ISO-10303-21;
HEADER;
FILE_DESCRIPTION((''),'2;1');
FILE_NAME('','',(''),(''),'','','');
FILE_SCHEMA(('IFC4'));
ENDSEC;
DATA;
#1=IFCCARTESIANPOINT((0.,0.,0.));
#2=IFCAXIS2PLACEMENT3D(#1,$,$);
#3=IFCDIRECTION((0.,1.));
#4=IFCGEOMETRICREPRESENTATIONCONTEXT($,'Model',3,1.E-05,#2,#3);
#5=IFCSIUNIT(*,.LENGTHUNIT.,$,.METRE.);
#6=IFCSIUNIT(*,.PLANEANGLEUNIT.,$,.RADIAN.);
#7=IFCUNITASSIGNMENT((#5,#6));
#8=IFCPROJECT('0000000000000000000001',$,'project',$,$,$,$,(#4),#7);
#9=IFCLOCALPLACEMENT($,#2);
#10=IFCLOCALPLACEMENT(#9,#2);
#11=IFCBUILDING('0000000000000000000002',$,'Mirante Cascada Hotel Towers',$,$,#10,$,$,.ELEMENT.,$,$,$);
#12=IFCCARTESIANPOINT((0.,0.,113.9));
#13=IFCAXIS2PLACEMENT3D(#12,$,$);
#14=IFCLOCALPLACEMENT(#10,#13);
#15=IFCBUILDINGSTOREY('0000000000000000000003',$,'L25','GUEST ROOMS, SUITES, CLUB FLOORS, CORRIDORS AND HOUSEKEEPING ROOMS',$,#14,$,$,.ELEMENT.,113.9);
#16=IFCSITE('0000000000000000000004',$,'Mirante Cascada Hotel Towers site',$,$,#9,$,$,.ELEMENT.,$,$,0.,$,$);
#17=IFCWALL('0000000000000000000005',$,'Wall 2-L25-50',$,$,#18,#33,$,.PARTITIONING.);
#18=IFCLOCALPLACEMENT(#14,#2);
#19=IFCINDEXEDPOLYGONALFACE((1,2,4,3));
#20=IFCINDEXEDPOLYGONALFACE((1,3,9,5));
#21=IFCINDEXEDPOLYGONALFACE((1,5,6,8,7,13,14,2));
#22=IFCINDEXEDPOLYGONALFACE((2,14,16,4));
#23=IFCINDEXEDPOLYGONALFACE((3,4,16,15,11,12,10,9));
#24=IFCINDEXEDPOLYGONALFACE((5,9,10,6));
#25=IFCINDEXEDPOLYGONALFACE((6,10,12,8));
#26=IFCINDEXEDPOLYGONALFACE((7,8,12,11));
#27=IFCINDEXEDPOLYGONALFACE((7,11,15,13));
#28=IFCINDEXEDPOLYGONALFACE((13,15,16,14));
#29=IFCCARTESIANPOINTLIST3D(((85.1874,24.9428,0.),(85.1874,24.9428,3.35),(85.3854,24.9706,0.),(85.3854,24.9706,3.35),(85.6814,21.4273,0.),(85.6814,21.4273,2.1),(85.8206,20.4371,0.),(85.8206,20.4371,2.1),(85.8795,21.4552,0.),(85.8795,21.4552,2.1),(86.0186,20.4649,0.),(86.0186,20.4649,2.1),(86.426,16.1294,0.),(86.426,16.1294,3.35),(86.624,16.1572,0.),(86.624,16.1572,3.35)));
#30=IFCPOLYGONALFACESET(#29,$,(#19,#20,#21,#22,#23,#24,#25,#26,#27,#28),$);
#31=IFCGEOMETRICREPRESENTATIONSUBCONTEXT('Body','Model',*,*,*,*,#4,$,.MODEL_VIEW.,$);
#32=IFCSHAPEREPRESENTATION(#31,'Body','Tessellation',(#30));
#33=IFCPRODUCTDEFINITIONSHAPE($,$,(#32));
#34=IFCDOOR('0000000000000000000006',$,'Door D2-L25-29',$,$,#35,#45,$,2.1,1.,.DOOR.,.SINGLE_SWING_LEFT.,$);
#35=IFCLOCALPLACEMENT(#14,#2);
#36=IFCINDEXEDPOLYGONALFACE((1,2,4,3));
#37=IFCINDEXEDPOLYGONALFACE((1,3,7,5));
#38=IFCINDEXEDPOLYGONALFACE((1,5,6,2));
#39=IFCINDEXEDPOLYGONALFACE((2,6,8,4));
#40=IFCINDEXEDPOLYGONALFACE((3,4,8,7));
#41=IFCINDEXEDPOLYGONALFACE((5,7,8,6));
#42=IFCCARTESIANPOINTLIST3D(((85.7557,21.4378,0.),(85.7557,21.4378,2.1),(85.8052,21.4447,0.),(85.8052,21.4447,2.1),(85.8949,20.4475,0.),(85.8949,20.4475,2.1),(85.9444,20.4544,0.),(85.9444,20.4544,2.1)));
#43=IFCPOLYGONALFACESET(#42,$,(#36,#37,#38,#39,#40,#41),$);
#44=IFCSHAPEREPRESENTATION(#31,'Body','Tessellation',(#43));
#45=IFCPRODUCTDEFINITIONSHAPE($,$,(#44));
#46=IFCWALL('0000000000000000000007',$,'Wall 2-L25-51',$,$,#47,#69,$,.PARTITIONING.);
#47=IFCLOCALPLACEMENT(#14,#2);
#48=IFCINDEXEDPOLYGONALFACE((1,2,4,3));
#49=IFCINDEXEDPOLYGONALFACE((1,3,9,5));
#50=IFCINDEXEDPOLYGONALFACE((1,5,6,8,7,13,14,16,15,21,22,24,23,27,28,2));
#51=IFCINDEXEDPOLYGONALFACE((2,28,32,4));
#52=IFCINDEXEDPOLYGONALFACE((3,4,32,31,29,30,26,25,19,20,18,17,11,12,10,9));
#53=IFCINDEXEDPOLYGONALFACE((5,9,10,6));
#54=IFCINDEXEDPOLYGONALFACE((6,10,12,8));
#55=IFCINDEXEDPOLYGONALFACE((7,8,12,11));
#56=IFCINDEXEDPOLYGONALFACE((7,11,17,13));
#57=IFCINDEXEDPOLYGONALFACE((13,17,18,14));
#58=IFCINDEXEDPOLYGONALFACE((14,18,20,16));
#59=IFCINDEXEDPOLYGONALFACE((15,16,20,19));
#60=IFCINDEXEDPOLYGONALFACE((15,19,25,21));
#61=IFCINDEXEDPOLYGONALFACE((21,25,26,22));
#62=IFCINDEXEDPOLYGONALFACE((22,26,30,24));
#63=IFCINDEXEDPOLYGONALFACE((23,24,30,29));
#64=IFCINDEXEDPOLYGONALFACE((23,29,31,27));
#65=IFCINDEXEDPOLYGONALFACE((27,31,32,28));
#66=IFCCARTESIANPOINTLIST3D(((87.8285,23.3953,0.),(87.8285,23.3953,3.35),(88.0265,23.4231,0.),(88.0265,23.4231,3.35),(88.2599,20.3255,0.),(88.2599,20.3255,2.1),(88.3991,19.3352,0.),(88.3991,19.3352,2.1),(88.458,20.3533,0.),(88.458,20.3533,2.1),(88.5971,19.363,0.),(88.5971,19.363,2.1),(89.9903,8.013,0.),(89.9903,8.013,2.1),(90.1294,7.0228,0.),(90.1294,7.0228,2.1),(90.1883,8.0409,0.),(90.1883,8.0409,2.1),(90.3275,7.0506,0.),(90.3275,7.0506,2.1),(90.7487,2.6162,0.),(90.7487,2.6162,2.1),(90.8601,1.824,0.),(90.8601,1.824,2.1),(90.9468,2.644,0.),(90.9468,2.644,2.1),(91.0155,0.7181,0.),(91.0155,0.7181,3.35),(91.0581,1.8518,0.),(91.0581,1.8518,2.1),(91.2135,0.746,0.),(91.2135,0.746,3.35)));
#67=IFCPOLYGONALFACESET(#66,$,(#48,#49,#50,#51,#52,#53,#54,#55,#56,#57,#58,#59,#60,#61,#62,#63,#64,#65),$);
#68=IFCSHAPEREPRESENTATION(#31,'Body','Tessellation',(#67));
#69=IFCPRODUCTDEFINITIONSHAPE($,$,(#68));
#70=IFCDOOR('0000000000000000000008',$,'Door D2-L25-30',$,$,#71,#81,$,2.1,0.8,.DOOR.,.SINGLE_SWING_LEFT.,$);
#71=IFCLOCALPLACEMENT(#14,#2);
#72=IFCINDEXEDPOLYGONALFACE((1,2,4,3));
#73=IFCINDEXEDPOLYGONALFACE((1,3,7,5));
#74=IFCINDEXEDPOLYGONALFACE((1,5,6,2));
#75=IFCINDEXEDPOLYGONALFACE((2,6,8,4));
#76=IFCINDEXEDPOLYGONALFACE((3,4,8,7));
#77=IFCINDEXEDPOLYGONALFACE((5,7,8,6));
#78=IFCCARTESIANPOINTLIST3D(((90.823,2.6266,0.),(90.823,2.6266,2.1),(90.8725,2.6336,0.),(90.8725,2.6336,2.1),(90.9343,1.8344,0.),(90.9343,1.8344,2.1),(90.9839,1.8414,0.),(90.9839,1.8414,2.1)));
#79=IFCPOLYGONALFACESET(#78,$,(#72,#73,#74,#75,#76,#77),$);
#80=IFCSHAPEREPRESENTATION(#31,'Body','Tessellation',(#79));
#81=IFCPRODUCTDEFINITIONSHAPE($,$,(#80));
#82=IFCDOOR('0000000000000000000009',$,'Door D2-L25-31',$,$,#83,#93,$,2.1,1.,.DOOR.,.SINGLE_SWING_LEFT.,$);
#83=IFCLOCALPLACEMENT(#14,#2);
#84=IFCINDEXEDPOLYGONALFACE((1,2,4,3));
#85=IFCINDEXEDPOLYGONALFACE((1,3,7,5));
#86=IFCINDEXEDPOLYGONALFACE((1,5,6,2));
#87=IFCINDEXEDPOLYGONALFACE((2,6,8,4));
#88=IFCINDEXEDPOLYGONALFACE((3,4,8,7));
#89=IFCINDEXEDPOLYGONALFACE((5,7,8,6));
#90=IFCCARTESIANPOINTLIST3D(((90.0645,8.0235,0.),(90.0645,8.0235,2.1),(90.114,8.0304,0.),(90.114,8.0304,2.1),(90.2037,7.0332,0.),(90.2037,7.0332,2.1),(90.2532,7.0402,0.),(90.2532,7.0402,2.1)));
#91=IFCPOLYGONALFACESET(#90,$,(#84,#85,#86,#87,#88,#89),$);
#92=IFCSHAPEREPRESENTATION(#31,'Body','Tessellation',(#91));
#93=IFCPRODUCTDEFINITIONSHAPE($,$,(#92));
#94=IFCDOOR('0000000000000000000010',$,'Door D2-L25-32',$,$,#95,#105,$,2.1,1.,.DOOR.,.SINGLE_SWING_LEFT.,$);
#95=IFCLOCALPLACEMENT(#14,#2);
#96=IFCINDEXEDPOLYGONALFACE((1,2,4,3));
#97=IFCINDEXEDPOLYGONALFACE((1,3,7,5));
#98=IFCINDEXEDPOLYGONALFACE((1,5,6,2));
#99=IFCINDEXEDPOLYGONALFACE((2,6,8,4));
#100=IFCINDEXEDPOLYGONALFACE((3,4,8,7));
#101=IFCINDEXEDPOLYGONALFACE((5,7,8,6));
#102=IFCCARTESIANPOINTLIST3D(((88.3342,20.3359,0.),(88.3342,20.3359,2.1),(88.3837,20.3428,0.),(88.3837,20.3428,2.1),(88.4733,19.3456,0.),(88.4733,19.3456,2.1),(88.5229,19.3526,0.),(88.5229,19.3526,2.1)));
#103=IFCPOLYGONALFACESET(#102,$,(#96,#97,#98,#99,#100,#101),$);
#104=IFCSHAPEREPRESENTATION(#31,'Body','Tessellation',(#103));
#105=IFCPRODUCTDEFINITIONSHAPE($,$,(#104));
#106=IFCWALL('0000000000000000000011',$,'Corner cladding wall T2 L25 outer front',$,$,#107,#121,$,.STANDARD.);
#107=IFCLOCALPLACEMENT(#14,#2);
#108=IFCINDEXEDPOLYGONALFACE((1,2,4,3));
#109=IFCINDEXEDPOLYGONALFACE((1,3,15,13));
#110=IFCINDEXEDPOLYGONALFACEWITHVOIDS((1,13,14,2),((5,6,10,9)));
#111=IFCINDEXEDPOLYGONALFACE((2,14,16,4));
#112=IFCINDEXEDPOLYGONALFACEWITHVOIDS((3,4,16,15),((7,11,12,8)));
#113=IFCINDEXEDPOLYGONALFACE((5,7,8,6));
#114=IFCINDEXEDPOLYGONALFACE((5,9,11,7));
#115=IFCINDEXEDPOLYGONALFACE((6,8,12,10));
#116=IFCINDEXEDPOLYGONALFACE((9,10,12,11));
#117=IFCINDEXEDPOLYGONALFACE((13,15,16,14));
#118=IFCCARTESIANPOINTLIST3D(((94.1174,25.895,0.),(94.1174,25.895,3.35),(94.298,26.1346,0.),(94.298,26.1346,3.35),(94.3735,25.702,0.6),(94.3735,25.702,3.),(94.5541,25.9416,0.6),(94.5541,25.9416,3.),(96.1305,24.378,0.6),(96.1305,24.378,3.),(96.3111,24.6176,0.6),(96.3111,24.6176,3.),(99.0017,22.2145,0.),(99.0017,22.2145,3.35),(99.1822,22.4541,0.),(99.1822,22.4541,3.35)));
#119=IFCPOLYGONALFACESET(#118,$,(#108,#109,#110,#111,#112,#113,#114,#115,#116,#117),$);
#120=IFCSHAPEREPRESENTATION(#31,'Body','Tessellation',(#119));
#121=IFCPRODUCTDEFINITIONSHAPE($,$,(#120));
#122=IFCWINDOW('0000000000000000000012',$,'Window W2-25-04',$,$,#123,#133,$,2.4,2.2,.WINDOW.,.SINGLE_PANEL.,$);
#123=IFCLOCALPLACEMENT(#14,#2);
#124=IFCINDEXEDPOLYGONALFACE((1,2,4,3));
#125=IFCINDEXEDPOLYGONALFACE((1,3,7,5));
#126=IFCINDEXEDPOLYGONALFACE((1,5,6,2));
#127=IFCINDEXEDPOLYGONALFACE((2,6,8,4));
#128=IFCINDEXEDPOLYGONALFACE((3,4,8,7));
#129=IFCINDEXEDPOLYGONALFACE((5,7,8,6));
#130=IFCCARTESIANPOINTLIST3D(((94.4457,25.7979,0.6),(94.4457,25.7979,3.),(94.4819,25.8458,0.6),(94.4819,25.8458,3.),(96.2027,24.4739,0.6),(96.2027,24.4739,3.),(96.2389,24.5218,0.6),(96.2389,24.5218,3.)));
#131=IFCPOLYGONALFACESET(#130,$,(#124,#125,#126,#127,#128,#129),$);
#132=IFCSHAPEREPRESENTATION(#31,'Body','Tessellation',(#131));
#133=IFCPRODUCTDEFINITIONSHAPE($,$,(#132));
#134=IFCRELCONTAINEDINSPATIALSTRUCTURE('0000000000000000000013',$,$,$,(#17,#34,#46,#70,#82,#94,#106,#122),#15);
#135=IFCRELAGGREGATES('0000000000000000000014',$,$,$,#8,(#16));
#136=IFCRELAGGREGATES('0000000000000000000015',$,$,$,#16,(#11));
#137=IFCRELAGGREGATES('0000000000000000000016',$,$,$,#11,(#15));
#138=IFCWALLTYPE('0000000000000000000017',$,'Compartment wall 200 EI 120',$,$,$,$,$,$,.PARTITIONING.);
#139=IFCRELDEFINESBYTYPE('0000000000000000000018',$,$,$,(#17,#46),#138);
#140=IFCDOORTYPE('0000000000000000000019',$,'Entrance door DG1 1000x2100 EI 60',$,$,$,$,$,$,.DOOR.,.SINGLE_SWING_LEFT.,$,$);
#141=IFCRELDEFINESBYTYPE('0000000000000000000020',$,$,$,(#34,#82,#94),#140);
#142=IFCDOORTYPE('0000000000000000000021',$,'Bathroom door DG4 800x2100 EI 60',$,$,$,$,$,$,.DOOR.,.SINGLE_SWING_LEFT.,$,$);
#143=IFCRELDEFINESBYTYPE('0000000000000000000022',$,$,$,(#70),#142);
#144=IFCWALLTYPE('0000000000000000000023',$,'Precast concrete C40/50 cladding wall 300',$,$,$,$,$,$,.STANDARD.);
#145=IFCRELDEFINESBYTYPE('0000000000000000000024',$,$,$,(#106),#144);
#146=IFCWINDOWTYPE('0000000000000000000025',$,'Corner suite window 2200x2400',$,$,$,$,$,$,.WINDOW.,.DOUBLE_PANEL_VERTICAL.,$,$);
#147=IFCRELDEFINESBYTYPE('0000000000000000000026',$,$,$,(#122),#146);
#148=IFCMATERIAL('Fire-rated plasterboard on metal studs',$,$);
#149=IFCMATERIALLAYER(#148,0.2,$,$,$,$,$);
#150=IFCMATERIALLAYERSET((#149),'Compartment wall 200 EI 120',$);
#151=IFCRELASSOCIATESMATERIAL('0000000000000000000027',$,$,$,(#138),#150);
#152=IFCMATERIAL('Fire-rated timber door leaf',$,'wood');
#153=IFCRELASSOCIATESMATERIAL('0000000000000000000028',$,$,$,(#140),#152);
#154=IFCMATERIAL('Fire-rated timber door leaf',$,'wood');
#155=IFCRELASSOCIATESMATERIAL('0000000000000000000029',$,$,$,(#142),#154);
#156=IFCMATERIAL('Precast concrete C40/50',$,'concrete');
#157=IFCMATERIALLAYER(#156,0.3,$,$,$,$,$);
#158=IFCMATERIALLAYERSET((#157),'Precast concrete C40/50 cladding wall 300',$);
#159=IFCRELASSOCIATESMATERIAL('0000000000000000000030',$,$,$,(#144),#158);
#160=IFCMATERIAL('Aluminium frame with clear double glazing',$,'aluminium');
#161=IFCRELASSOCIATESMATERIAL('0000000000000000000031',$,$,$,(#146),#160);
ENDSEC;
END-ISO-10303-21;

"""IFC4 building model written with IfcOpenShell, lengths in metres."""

from ifc_helpers import new_model, si_unit, direction, frame, frame_2d, origin, place, context, subcontext, project, spatial, rectangle, extrude, material, layer, layer_set, type_object, element, fill, save


model = new_model("IFC4")

# Units and contexts
model_context = context("Model", 3, precision=1e-05, world=origin(), true_north=direction((0.0, 1.0)))
body_context = subcontext(model_context, "Body", "Model", "MODEL_VIEW")
ifc_project = project(units=[si_unit("LENGTHUNIT", "METRE"), si_unit("PLANEANGLEUNIT", "RADIAN")], contexts=[model_context])

# Site, building, storey
site_placement = place(None, origin())
site = spatial("IfcSite", under=ifc_project, at=site_placement, Name="Mirante Cascada Hotel Towers site", CompositionType="ELEMENT", RefElevation=0.0)
building_placement = place(site_placement, origin())
building = spatial("IfcBuilding", under=site, at=building_placement, Name="Mirante Cascada Hotel Towers", CompositionType="ELEMENT")
storey_placement = place(building_placement, frame((0.0, 0.0, 113.9)))
storey = spatial("IfcBuildingStorey", under=building, at=storey_placement, Name="L25", Description="GUEST ROOMS, SUITES, CLUB FLOORS, CORRIDORS AND HOUSEKEEPING ROOMS", CompositionType="ELEMENT", Elevation=113.9)

# Shared definitions
ifc_material_1 = material(Name="Fire-rated plasterboard on metal studs")
ifc_layer_1 = layer(ifc_material_1, 0.2)
ifc_layer_set_1 = layer_set([ifc_layer_1], Name="Compartment wall 200 EI 120")
wall_type_1 = type_object("IfcWallType", Name="Compartment wall 200 EI 120", PredefinedType="PARTITIONING", material=ifc_layer_set_1)

# Wall, opening, door
wall_1_placement = place(storey_placement, frame((86.525, 16.1433, 0.0), z_axis=(0.0, 0.0, 1.0), x_axis=(-0.139168, 0.990269, 0.0)))
wall_1 = element("IfcWall", 1, at=wall_1_placement, inside=storey, type_object=wall_type_1, Name="Wall 2-L25-50", PredefinedType="PARTITIONING", context=body_context, shape_type="SweptSolid", body=[
    extrude(rectangle(XDim=8.9, YDim=0.2, at=frame_2d((4.45, 0.0))), origin(), (0.0, 0.0, 1.0), 3.35),
])
opening_1_placement = place(wall_1_placement, frame((4.35, 0.0, 0.0)))
opening_1 = element("IfcOpeningElement", 2, at=opening_1_placement, cuts=wall_1, PredefinedType="OPENING", context=body_context, shape_type="SweptSolid", body=[
    extrude(rectangle(XDim=1.0, YDim=2.1, at=frame_2d((0.5, 1.05))), frame((0.0, 0.1, 0.0), z_axis=(0.0, -1.0, 0.0), x_axis=(1.0, 0.0, 0.0)), (0.0, 0.0, 1.0), 0.2),
])
ifc_material_2 = material(Name="Fire-rated timber door leaf", Category="wood")
door_type_1 = type_object("IfcDoorType", Name="Entrance door DG1 1000x2100 EI 60", OperationType="SINGLE_SWING_LEFT", PredefinedType="DOOR", material=ifc_material_2)
door_1_placement = place(opening_1_placement, origin())
door_1 = element("IfcDoor", 3, at=door_1_placement, inside=storey, type_object=door_type_1, Name="Door D2-L25-29", OperationType="SINGLE_SWING_LEFT", OverallHeight=2.1, OverallWidth=1.0, PredefinedType="DOOR", context=body_context, shape_type="SweptSolid", body=[
    extrude(rectangle(XDim=1.0, YDim=2.1, at=frame_2d((0.5, 1.05))), frame((0.0, 0.025, 0.0), z_axis=(0.0, -1.0, 0.0), x_axis=(1.0, 0.0, 0.0)), (0.0, 0.0, 1.0), 0.05),
])
fill(opening_1, door_1)

# Wall, openings, doors
wall_2_placement = place(storey_placement, frame((87.9275, 23.4092, 0.0), z_axis=(0.0, 0.0, 1.0), x_axis=(0.139171, -0.990268, 0.0)))
wall_2 = element("IfcWall", 4, at=wall_2_placement, inside=storey, type_object=wall_type_1, Name="Wall 2-L25-51", PredefinedType="PARTITIONING", context=body_context, shape_type="SweptSolid", body=[
    extrude(rectangle(XDim=22.9, YDim=0.2, at=frame_2d((11.45, 0.0))), origin(), (0.0, 0.0, 1.0), 3.35),
])
opening_2_placement = place(wall_2_placement, frame((20.9833, 0.0, 0.0)))
opening_2 = element("IfcOpeningElement", 5, at=opening_2_placement, cuts=wall_2, PredefinedType="OPENING", context=body_context, shape_type="SweptSolid", body=[
    extrude(rectangle(XDim=0.8, YDim=2.1, at=frame_2d((0.4, 1.05))), frame((0.0, 0.1, 0.0), z_axis=(0.0, -1.0, 0.0), x_axis=(1.0, 0.0, 0.0)), (0.0, 0.0, 1.0), 0.2),
])
opening_3_placement = place(wall_2_placement, frame((15.5334, 0.0, 0.0)))
opening_3 = element("IfcOpeningElement", 6, at=opening_3_placement, cuts=wall_2, PredefinedType="OPENING", context=body_context, shape_type="SweptSolid", body=[
    extrude(rectangle(XDim=1.0, YDim=2.1, at=frame_2d((0.5, 1.05))), frame((0.0, 0.1, 0.0), z_axis=(0.0, -1.0, 0.0), x_axis=(1.0, 0.0, 0.0)), (0.0, 0.0, 1.0), 0.2),
])
opening_4_placement = place(wall_2_placement, frame((3.1, 0.0, 0.0)))
opening_4 = element("IfcOpeningElement", 7, at=opening_4_placement, cuts=wall_2, PredefinedType="OPENING", context=body_context, shape_type="SweptSolid", body=[
    extrude(rectangle(XDim=1.0, YDim=2.1, at=frame_2d((0.5, 1.05))), frame((0.0, 0.1, 0.0), z_axis=(0.0, -1.0, 0.0), x_axis=(1.0, 0.0, 0.0)), (0.0, 0.0, 1.0), 0.2),
])
ifc_material_3 = material(Name="Fire-rated timber door leaf", Category="wood")
door_type_2 = type_object("IfcDoorType", Name="Bathroom door DG4 800x2100 EI 60", OperationType="SINGLE_SWING_LEFT", PredefinedType="DOOR", material=ifc_material_3)
door_2_placement = place(opening_2_placement, origin())
door_2 = element("IfcDoor", 8, at=door_2_placement, inside=storey, type_object=door_type_2, Name="Door D2-L25-30", OperationType="SINGLE_SWING_LEFT", OverallHeight=2.1, OverallWidth=0.8, PredefinedType="DOOR", context=body_context, shape_type="SweptSolid", body=[
    extrude(rectangle(XDim=0.8, YDim=2.1, at=frame_2d((0.4, 1.05))), frame((0.0, 0.025, 0.0), z_axis=(0.0, -1.0, 0.0), x_axis=(1.0, 0.0, 0.0)), (0.0, 0.0, 1.0), 0.05),
])
fill(opening_2, door_2)
door_3_placement = place(opening_3_placement, origin())
door_3 = element("IfcDoor", 9, at=door_3_placement, inside=storey, type_object=door_type_1, Name="Door D2-L25-31", OperationType="SINGLE_SWING_LEFT", OverallHeight=2.1, OverallWidth=1.0, PredefinedType="DOOR", context=body_context, shape_type="SweptSolid", body=[
    extrude(rectangle(XDim=1.0, YDim=2.1, at=frame_2d((0.5, 1.05))), frame((0.0, 0.025, 0.0), z_axis=(0.0, -1.0, 0.0), x_axis=(1.0, 0.0, 0.0)), (0.0, 0.0, 1.0), 0.05),
])
fill(opening_3, door_3)
door_4_placement = place(opening_4_placement, origin())
door_4 = element("IfcDoor", 10, at=door_4_placement, inside=storey, type_object=door_type_1, Name="Door D2-L25-32", OperationType="SINGLE_SWING_LEFT", OverallHeight=2.1, OverallWidth=1.0, PredefinedType="DOOR", context=body_context, shape_type="SweptSolid", body=[
    extrude(rectangle(XDim=1.0, YDim=2.1, at=frame_2d((0.5, 1.05))), frame((0.0, 0.025, 0.0), z_axis=(0.0, -1.0, 0.0), x_axis=(1.0, 0.0, 0.0)), (0.0, 0.0, 1.0), 0.05),
])
fill(opening_4, door_4)

# Wall, opening, window
ifc_material_4 = material(Name="Precast concrete C40/50", Category="concrete")
ifc_layer_2 = layer(ifc_material_4, 0.3)
ifc_layer_set_2 = layer_set([ifc_layer_2], Name="Precast concrete C40/50 cladding wall 300")
wall_type_2 = type_object("IfcWallType", Name="Precast concrete C40/50 cladding wall 300", PredefinedType="STANDARD", material=ifc_layer_set_2)
wall_3_placement = place(storey_placement, frame((99.0919, 22.3343, 0.0), z_axis=(0.0, 0.0, 1.0), x_axis=(-0.798636, 0.601814, 0.0)))
wall_3 = element("IfcWall", 11, at=wall_3_placement, inside=storey, type_object=wall_type_2, Name="Corner cladding wall T2 L25 outer front", PredefinedType="STANDARD", context=body_context, shape_type="SweptSolid", body=[
    extrude(rectangle(XDim=6.1157, YDim=0.3, at=frame_2d((3.0578, 0.0))), origin(), (0.0, 0.0, 1.0), 3.35),
])
opening_5_placement = place(wall_3_placement, frame((3.595, 0.0, 0.6)))
opening_5 = element("IfcOpeningElement", 12, at=opening_5_placement, cuts=wall_3, PredefinedType="OPENING", context=body_context, shape_type="SweptSolid", body=[
    extrude(rectangle(XDim=2.2, YDim=2.4, at=frame_2d((1.1, 1.2))), frame((0.0, 0.15, 0.0), z_axis=(0.0, -1.0, 0.0), x_axis=(1.0, 0.0, 0.0)), (0.0, 0.0, 1.0), 0.3),
])
ifc_material_5 = material(Name="Aluminium frame with clear double glazing", Category="aluminium")
window_type = type_object("IfcWindowType", Name="Corner suite window 2200x2400", PartitioningType="DOUBLE_PANEL_VERTICAL", PredefinedType="WINDOW", material=ifc_material_5)
window_placement = place(opening_5_placement, origin())
window = element("IfcWindow", 13, at=window_placement, inside=storey, type_object=window_type, Name="Window W2-25-04", OverallHeight=2.4, OverallWidth=2.2, PartitioningType="SINGLE_PANEL", PredefinedType="WINDOW", context=body_context, shape_type="SweptSolid", body=[
    extrude(rectangle(XDim=2.2, YDim=2.4, at=frame_2d((1.1, 1.2))), frame((0.0, 0.03, 0.0), z_axis=(0.0, -1.0, 0.0), x_axis=(1.0, 0.0, 0.0)), (0.0, 0.0, 1.0), 0.06),
])
fill(opening_5, window)

save(model, "model.ifc")
